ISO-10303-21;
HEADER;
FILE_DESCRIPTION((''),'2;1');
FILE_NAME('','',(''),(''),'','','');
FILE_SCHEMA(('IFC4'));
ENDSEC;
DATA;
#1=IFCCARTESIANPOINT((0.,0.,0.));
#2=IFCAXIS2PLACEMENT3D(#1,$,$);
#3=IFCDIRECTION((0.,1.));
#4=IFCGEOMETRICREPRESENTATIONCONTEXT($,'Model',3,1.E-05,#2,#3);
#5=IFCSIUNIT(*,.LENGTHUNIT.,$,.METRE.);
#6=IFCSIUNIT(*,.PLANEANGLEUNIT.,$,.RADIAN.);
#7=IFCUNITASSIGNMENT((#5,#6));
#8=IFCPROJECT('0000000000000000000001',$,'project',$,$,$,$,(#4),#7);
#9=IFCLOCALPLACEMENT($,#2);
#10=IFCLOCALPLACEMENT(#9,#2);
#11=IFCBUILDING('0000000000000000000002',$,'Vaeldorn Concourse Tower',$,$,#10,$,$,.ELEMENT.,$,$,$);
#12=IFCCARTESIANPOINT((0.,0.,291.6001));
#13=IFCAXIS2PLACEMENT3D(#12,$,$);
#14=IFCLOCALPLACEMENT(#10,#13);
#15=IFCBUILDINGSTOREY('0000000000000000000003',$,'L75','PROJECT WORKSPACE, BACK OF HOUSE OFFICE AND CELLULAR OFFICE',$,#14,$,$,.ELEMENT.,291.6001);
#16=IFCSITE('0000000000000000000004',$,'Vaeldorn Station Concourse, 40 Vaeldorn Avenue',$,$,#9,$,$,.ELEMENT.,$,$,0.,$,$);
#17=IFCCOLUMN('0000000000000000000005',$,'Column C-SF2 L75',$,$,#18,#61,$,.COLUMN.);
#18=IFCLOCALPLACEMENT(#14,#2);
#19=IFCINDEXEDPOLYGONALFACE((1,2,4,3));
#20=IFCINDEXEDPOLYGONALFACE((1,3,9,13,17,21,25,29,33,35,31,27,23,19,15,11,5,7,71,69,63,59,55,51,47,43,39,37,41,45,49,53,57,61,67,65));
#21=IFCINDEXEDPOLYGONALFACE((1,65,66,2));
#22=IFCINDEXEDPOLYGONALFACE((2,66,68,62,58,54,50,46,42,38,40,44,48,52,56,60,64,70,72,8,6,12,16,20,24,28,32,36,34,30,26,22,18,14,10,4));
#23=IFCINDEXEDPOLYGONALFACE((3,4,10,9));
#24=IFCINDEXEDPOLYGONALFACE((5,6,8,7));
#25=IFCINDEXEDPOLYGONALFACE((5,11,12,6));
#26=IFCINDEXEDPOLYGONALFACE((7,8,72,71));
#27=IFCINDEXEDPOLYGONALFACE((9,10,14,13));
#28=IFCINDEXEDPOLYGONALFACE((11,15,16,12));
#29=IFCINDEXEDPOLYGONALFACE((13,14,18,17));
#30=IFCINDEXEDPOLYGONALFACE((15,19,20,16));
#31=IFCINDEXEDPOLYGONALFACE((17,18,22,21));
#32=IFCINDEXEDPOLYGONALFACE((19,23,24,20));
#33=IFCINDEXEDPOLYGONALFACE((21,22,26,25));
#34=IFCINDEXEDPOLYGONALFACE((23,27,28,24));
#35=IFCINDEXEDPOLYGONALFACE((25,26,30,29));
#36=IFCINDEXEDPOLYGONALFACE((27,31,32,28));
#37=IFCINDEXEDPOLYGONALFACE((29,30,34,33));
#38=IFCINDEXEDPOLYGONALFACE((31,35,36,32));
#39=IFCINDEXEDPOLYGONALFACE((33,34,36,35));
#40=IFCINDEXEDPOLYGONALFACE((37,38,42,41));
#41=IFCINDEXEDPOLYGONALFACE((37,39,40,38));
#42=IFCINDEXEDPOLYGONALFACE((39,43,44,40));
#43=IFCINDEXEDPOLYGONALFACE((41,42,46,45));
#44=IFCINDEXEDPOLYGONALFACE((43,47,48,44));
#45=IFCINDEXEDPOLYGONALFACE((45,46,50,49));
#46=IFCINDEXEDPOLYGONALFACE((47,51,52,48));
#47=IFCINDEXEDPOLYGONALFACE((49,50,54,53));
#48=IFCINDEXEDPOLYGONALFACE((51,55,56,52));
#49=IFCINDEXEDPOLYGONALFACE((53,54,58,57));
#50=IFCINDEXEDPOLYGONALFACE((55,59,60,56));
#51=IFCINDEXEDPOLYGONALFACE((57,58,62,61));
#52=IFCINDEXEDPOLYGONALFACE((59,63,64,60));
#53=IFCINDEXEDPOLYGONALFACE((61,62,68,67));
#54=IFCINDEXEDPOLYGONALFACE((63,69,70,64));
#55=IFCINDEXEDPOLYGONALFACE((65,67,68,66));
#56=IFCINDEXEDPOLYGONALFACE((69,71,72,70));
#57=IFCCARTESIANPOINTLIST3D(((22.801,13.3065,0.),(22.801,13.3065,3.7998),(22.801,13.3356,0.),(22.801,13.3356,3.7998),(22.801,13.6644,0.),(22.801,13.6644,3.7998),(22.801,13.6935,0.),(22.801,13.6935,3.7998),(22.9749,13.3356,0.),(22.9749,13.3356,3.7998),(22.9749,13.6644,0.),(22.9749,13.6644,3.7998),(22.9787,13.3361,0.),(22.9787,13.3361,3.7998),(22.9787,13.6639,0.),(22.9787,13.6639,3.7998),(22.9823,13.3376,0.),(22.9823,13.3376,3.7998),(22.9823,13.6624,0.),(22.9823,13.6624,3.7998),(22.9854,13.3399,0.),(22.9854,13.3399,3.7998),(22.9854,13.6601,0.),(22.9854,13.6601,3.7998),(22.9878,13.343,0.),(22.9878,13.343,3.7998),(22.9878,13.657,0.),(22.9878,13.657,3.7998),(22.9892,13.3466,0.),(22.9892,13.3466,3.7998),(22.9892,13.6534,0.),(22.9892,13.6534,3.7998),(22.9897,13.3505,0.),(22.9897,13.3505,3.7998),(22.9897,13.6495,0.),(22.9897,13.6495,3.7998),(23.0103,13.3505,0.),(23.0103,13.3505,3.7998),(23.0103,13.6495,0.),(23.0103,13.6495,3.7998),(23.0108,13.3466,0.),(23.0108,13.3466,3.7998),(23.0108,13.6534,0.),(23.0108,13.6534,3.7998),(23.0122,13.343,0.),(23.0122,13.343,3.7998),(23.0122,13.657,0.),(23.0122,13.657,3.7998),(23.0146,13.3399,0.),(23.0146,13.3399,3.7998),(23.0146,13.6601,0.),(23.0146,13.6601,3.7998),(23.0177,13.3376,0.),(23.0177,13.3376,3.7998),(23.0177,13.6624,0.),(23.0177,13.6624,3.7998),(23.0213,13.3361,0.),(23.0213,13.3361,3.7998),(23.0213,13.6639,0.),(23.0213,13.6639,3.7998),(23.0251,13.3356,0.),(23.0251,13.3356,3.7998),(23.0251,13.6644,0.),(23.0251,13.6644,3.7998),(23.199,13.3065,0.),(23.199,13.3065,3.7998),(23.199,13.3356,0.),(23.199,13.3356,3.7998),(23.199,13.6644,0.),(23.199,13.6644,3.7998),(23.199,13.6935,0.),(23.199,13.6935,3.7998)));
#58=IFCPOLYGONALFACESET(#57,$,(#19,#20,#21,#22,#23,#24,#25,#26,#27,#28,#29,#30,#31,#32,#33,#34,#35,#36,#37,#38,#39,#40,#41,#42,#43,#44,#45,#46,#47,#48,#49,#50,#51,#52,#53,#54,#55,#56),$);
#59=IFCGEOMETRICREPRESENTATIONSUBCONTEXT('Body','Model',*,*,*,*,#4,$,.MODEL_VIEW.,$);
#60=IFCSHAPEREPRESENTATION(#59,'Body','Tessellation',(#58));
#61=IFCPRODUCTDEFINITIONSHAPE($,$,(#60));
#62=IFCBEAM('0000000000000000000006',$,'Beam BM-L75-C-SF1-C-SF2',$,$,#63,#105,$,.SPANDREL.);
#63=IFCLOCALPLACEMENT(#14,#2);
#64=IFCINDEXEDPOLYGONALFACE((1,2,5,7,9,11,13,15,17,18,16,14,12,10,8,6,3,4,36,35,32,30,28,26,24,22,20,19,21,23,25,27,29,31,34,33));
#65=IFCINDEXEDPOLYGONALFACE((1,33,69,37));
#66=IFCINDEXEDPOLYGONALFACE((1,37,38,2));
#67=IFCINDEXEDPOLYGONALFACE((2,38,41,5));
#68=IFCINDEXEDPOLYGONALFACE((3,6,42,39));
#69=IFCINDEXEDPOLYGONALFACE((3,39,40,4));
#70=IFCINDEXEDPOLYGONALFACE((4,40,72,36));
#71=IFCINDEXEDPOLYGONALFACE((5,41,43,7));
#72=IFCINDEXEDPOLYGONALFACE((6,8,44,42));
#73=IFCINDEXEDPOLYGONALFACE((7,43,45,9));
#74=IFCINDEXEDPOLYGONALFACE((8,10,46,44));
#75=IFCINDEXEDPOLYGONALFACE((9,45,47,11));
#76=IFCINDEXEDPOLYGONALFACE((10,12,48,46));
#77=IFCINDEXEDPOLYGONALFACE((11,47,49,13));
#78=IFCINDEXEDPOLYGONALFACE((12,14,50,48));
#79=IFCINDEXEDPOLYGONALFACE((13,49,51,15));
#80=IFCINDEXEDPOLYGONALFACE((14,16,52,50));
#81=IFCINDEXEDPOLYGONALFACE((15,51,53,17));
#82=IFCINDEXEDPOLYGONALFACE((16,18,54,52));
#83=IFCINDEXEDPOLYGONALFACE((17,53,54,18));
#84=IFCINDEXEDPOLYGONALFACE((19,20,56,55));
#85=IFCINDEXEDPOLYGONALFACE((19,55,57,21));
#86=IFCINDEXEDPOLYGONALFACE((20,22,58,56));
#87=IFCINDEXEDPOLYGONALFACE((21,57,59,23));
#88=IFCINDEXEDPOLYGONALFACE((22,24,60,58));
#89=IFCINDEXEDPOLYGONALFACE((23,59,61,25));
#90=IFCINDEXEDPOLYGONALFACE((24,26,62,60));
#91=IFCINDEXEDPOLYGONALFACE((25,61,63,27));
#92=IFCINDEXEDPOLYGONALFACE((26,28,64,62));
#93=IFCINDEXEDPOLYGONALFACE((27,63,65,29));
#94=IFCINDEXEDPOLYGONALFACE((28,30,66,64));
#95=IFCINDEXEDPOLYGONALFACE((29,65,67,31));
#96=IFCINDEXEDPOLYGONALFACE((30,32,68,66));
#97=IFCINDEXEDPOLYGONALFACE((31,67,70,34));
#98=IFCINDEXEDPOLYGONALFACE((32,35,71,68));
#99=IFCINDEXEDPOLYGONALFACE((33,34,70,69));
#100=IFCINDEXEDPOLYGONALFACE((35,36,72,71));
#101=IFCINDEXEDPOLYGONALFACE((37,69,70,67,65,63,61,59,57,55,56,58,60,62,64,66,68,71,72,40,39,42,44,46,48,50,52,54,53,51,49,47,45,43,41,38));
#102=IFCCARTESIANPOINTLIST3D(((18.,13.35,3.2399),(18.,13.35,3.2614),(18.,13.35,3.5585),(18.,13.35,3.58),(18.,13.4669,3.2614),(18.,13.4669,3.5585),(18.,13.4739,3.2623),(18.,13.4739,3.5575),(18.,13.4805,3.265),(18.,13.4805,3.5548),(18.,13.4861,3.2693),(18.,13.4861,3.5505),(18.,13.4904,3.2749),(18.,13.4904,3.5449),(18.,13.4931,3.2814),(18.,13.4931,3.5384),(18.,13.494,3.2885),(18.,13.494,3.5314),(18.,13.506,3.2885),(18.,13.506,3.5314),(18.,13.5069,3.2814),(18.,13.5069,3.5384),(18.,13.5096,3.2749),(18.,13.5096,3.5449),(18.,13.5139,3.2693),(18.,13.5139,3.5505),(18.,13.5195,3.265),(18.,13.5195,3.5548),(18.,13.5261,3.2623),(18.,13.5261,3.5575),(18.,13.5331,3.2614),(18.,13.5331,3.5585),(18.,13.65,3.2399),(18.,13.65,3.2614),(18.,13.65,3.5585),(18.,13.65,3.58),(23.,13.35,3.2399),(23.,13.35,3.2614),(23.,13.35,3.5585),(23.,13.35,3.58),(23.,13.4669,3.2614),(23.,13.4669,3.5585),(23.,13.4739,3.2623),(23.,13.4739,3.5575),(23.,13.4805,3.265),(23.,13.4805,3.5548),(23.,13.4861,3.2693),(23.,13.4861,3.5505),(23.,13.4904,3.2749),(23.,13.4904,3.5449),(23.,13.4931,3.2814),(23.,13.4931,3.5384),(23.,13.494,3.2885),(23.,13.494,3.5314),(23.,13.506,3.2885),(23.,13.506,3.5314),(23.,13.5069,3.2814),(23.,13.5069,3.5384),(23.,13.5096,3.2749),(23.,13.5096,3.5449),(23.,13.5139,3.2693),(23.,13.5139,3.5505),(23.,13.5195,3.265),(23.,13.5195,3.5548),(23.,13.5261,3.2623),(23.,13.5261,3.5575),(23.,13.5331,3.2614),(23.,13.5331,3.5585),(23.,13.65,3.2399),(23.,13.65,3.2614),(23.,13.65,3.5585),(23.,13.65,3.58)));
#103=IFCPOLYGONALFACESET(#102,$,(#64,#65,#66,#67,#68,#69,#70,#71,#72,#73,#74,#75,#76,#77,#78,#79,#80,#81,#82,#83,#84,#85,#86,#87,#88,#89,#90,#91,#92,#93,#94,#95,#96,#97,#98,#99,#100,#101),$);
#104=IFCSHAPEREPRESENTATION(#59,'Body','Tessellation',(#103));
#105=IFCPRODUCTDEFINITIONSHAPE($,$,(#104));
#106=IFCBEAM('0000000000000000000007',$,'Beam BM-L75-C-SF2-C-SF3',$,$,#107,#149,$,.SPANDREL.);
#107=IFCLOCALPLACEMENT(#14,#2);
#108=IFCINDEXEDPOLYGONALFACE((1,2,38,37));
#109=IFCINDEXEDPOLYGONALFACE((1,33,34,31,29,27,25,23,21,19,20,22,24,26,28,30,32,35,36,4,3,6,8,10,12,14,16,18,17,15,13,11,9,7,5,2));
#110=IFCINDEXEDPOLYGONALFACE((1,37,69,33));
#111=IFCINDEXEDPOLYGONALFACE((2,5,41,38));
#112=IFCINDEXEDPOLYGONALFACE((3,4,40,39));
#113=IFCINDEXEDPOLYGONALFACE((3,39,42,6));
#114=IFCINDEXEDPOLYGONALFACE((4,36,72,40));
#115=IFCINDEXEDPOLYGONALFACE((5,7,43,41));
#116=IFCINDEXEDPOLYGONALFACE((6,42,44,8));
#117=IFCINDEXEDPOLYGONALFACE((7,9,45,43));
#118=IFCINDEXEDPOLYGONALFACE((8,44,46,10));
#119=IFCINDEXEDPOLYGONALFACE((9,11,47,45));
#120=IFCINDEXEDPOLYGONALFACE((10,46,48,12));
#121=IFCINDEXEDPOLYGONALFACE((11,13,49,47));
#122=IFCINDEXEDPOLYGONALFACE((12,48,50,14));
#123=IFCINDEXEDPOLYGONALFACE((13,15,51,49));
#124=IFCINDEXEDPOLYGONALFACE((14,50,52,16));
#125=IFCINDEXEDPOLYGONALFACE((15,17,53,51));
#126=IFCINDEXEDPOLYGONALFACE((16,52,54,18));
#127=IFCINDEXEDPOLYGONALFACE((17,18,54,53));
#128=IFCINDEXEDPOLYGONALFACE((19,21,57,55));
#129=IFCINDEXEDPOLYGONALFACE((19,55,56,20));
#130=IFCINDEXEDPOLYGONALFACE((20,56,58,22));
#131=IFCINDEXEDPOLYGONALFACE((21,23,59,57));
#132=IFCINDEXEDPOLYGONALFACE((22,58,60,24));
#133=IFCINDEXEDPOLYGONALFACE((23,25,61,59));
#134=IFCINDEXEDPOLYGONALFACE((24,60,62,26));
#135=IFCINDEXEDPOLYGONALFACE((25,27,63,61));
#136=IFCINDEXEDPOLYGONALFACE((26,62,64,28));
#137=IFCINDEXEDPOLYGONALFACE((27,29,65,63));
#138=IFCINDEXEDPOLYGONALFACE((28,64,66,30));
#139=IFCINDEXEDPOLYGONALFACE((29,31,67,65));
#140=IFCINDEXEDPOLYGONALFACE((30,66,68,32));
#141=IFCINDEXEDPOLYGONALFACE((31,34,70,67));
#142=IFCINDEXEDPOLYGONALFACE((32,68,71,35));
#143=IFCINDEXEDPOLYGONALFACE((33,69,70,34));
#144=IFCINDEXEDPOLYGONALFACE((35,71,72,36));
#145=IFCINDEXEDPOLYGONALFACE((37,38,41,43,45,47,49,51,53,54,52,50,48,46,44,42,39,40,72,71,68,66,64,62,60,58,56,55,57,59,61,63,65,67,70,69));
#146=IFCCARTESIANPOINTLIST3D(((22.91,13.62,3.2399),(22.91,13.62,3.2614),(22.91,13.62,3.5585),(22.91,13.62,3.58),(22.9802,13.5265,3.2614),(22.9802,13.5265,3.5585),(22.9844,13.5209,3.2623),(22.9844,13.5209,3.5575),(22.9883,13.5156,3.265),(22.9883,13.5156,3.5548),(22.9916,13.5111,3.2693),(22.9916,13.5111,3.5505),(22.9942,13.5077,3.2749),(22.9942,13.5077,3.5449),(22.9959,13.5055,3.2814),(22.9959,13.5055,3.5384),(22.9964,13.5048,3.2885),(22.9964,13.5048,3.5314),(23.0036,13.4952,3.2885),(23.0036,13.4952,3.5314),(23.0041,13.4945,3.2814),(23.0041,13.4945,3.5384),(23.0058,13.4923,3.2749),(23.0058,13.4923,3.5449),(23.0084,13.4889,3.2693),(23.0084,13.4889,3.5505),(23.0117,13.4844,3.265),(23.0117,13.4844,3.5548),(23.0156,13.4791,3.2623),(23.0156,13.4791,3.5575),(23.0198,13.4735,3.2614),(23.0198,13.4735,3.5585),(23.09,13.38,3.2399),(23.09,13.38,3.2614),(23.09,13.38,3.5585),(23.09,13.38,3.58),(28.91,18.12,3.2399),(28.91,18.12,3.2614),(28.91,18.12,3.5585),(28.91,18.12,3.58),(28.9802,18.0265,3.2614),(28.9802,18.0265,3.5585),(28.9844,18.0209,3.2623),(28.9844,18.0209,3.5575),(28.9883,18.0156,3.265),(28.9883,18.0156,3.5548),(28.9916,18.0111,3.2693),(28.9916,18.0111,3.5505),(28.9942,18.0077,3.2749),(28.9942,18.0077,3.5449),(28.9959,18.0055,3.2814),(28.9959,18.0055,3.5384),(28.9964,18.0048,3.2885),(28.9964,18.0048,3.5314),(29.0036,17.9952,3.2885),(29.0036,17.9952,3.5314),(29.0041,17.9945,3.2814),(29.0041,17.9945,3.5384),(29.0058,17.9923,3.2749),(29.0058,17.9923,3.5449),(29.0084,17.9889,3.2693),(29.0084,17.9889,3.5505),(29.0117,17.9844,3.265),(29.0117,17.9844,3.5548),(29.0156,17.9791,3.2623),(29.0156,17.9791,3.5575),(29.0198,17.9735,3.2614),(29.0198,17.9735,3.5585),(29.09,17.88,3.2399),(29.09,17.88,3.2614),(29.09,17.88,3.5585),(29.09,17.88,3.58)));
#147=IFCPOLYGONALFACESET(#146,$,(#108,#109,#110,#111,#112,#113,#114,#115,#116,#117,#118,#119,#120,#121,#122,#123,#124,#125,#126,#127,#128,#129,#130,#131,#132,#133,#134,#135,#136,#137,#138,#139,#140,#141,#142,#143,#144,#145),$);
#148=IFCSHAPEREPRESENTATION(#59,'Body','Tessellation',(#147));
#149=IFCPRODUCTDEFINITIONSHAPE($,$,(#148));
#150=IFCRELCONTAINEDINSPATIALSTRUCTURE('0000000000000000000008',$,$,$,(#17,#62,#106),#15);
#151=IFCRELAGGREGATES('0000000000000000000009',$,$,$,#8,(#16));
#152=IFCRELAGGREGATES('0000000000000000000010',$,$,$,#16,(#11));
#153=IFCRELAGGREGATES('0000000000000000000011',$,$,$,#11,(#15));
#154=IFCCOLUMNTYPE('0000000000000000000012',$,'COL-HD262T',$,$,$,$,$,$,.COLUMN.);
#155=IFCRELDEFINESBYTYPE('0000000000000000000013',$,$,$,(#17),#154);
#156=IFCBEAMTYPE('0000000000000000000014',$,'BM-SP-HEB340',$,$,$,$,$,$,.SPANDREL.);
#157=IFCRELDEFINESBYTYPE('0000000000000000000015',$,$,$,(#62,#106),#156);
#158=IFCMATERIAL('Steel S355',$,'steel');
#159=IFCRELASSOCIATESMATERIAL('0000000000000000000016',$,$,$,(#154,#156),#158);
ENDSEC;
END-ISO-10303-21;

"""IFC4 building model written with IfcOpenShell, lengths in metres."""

from ifc_helpers import new_model, si_unit, direction, frame, origin, origin_2d, place, context, subcontext, project, spatial, i_section, extrude, source, transform, mapped, material, material_profile, profile_set, type_object, element, save


model = new_model("IFC4")

# Units and contexts
model_context = context("Model", 3, precision=1e-05, world=origin(), true_north=direction((0.0, 1.0)))
body_context = subcontext(model_context, "Body", "Model", "MODEL_VIEW")
ifc_project = project(units=[si_unit("LENGTHUNIT", "METRE"), si_unit("PLANEANGLEUNIT", "RADIAN")], contexts=[model_context])

# Site, building, storey
site_placement = place(None, origin())
site = spatial("IfcSite", under=ifc_project, at=site_placement, Name="Vaeldorn Station Concourse, 40 Vaeldorn Avenue", CompositionType="ELEMENT", RefElevation=0.0)
building_placement = place(site_placement, origin())
building = spatial("IfcBuilding", under=site, at=building_placement, Name="Vaeldorn Concourse Tower", CompositionType="ELEMENT")
storey_placement = place(building_placement, frame((0.0, 0.0, 291.6001)))
storey = spatial("IfcBuildingStorey", under=building, at=storey_placement, Name="L75", Description="PROJECT WORKSPACE, BACK OF HOUSE OFFICE AND CELLULAR OFFICE", CompositionType="ELEMENT", Elevation=291.6001)

# Column
ifc_material_1 = material(Name="Steel S355", Category="steel")
ifc_material_profile_1 = material_profile(ifc_material_1, i_section(OverallWidth=0.3979, OverallDepth=0.387, WebThickness=0.0205, FlangeThickness=0.0291, FilletRadius=0.0149, at=origin_2d()), Name="HD 400x262")
ifc_profile_set_1 = profile_set([ifc_material_profile_1], Name="Steel S355")
column_type_1 = type_object("IfcColumnType", Name="COL-HD262T", PredefinedType="COLUMN", material=ifc_profile_set_1)
shared_shape_1 = source(origin(), body_context, "Body", "SweptSolid", [
    extrude(i_section(OverallWidth=0.3979, OverallDepth=0.387, WebThickness=0.0205, FlangeThickness=0.0291, FilletRadius=0.0149, at=origin_2d()), origin(), (0.0, 0.0, 1.0), 3.7998),
])
for number, where, z_axis, x_axis, name in (
    (1, (23.0, 13.5, 0.0), (0.0, 0.0, 1.0), (1.0, 0.0, 0.0), "Column C-SF2 L75"),
):
    element("IfcColumn", number, at=place(storey_placement, frame(where, z_axis=z_axis, x_axis=x_axis)), inside=storey, type_object=column_type_1, Name=name, PredefinedType="COLUMN", context=body_context, shape_type="MappedRepresentation", body=[
        mapped(shared_shape_1, transform((0.0, 0.0, 0.0), scale=1.0)),
    ])

# Beams
ifc_material_profile_2 = material_profile(ifc_material_1, i_section(OverallWidth=0.3, OverallDepth=0.3401, WebThickness=0.012, FlangeThickness=0.0215, FilletRadius=0.0271, at=origin_2d()), Name="HEB 340")
ifc_profile_set_2 = profile_set([ifc_material_profile_2], Name="Steel S355")
beam_type_1 = type_object("IfcBeamType", Name="BM-SP-HEB340", PredefinedType="SPANDREL", material=ifc_profile_set_2)
shared_shape_2 = source(origin(), body_context, "Body", "SweptSolid", [
    extrude(i_section(OverallWidth=0.3, OverallDepth=0.3401, WebThickness=0.012, FlangeThickness=0.0215, FilletRadius=0.0271, at=origin_2d()), origin(), (0.0, 0.0, 1.0), 5.0),
])
beam_1_placement = place(storey_placement, frame((18.0, 13.5, 3.4099), z_axis=(1.0, 0.0, 0.0), x_axis=(0.0, 1.0, 0.0)))
element("IfcBeam", 2, at=beam_1_placement, inside=storey, type_object=beam_type_1, Name="Beam BM-L75-C-SF1-C-SF2", PredefinedType="SPANDREL", context=body_context, shape_type="MappedRepresentation", body=[
    mapped(shared_shape_2, transform((0.0, 0.0, 0.0), scale=1.0)),
])
shared_shape_3 = source(origin(), body_context, "Body", "SweptSolid", [
    extrude(i_section(OverallWidth=0.3, OverallDepth=0.3401, WebThickness=0.012, FlangeThickness=0.0215, FilletRadius=0.0271, at=origin_2d()), origin(), (0.0, 0.0, 1.0), 7.5),
])
beam_2_placement = place(storey_placement, frame((23.0, 13.5, 3.4099), z_axis=(0.8, 0.6, 0.0), x_axis=(-0.6, 0.8, 0.0)))
element("IfcBeam", 3, at=beam_2_placement, inside=storey, type_object=beam_type_1, Name="Beam BM-L75-C-SF2-C-SF3", PredefinedType="SPANDREL", context=body_context, shape_type="MappedRepresentation", body=[
    mapped(shared_shape_3, transform((0.0, 0.0, 0.0), scale=1.0)),
])

save(model, "model.ifc")
